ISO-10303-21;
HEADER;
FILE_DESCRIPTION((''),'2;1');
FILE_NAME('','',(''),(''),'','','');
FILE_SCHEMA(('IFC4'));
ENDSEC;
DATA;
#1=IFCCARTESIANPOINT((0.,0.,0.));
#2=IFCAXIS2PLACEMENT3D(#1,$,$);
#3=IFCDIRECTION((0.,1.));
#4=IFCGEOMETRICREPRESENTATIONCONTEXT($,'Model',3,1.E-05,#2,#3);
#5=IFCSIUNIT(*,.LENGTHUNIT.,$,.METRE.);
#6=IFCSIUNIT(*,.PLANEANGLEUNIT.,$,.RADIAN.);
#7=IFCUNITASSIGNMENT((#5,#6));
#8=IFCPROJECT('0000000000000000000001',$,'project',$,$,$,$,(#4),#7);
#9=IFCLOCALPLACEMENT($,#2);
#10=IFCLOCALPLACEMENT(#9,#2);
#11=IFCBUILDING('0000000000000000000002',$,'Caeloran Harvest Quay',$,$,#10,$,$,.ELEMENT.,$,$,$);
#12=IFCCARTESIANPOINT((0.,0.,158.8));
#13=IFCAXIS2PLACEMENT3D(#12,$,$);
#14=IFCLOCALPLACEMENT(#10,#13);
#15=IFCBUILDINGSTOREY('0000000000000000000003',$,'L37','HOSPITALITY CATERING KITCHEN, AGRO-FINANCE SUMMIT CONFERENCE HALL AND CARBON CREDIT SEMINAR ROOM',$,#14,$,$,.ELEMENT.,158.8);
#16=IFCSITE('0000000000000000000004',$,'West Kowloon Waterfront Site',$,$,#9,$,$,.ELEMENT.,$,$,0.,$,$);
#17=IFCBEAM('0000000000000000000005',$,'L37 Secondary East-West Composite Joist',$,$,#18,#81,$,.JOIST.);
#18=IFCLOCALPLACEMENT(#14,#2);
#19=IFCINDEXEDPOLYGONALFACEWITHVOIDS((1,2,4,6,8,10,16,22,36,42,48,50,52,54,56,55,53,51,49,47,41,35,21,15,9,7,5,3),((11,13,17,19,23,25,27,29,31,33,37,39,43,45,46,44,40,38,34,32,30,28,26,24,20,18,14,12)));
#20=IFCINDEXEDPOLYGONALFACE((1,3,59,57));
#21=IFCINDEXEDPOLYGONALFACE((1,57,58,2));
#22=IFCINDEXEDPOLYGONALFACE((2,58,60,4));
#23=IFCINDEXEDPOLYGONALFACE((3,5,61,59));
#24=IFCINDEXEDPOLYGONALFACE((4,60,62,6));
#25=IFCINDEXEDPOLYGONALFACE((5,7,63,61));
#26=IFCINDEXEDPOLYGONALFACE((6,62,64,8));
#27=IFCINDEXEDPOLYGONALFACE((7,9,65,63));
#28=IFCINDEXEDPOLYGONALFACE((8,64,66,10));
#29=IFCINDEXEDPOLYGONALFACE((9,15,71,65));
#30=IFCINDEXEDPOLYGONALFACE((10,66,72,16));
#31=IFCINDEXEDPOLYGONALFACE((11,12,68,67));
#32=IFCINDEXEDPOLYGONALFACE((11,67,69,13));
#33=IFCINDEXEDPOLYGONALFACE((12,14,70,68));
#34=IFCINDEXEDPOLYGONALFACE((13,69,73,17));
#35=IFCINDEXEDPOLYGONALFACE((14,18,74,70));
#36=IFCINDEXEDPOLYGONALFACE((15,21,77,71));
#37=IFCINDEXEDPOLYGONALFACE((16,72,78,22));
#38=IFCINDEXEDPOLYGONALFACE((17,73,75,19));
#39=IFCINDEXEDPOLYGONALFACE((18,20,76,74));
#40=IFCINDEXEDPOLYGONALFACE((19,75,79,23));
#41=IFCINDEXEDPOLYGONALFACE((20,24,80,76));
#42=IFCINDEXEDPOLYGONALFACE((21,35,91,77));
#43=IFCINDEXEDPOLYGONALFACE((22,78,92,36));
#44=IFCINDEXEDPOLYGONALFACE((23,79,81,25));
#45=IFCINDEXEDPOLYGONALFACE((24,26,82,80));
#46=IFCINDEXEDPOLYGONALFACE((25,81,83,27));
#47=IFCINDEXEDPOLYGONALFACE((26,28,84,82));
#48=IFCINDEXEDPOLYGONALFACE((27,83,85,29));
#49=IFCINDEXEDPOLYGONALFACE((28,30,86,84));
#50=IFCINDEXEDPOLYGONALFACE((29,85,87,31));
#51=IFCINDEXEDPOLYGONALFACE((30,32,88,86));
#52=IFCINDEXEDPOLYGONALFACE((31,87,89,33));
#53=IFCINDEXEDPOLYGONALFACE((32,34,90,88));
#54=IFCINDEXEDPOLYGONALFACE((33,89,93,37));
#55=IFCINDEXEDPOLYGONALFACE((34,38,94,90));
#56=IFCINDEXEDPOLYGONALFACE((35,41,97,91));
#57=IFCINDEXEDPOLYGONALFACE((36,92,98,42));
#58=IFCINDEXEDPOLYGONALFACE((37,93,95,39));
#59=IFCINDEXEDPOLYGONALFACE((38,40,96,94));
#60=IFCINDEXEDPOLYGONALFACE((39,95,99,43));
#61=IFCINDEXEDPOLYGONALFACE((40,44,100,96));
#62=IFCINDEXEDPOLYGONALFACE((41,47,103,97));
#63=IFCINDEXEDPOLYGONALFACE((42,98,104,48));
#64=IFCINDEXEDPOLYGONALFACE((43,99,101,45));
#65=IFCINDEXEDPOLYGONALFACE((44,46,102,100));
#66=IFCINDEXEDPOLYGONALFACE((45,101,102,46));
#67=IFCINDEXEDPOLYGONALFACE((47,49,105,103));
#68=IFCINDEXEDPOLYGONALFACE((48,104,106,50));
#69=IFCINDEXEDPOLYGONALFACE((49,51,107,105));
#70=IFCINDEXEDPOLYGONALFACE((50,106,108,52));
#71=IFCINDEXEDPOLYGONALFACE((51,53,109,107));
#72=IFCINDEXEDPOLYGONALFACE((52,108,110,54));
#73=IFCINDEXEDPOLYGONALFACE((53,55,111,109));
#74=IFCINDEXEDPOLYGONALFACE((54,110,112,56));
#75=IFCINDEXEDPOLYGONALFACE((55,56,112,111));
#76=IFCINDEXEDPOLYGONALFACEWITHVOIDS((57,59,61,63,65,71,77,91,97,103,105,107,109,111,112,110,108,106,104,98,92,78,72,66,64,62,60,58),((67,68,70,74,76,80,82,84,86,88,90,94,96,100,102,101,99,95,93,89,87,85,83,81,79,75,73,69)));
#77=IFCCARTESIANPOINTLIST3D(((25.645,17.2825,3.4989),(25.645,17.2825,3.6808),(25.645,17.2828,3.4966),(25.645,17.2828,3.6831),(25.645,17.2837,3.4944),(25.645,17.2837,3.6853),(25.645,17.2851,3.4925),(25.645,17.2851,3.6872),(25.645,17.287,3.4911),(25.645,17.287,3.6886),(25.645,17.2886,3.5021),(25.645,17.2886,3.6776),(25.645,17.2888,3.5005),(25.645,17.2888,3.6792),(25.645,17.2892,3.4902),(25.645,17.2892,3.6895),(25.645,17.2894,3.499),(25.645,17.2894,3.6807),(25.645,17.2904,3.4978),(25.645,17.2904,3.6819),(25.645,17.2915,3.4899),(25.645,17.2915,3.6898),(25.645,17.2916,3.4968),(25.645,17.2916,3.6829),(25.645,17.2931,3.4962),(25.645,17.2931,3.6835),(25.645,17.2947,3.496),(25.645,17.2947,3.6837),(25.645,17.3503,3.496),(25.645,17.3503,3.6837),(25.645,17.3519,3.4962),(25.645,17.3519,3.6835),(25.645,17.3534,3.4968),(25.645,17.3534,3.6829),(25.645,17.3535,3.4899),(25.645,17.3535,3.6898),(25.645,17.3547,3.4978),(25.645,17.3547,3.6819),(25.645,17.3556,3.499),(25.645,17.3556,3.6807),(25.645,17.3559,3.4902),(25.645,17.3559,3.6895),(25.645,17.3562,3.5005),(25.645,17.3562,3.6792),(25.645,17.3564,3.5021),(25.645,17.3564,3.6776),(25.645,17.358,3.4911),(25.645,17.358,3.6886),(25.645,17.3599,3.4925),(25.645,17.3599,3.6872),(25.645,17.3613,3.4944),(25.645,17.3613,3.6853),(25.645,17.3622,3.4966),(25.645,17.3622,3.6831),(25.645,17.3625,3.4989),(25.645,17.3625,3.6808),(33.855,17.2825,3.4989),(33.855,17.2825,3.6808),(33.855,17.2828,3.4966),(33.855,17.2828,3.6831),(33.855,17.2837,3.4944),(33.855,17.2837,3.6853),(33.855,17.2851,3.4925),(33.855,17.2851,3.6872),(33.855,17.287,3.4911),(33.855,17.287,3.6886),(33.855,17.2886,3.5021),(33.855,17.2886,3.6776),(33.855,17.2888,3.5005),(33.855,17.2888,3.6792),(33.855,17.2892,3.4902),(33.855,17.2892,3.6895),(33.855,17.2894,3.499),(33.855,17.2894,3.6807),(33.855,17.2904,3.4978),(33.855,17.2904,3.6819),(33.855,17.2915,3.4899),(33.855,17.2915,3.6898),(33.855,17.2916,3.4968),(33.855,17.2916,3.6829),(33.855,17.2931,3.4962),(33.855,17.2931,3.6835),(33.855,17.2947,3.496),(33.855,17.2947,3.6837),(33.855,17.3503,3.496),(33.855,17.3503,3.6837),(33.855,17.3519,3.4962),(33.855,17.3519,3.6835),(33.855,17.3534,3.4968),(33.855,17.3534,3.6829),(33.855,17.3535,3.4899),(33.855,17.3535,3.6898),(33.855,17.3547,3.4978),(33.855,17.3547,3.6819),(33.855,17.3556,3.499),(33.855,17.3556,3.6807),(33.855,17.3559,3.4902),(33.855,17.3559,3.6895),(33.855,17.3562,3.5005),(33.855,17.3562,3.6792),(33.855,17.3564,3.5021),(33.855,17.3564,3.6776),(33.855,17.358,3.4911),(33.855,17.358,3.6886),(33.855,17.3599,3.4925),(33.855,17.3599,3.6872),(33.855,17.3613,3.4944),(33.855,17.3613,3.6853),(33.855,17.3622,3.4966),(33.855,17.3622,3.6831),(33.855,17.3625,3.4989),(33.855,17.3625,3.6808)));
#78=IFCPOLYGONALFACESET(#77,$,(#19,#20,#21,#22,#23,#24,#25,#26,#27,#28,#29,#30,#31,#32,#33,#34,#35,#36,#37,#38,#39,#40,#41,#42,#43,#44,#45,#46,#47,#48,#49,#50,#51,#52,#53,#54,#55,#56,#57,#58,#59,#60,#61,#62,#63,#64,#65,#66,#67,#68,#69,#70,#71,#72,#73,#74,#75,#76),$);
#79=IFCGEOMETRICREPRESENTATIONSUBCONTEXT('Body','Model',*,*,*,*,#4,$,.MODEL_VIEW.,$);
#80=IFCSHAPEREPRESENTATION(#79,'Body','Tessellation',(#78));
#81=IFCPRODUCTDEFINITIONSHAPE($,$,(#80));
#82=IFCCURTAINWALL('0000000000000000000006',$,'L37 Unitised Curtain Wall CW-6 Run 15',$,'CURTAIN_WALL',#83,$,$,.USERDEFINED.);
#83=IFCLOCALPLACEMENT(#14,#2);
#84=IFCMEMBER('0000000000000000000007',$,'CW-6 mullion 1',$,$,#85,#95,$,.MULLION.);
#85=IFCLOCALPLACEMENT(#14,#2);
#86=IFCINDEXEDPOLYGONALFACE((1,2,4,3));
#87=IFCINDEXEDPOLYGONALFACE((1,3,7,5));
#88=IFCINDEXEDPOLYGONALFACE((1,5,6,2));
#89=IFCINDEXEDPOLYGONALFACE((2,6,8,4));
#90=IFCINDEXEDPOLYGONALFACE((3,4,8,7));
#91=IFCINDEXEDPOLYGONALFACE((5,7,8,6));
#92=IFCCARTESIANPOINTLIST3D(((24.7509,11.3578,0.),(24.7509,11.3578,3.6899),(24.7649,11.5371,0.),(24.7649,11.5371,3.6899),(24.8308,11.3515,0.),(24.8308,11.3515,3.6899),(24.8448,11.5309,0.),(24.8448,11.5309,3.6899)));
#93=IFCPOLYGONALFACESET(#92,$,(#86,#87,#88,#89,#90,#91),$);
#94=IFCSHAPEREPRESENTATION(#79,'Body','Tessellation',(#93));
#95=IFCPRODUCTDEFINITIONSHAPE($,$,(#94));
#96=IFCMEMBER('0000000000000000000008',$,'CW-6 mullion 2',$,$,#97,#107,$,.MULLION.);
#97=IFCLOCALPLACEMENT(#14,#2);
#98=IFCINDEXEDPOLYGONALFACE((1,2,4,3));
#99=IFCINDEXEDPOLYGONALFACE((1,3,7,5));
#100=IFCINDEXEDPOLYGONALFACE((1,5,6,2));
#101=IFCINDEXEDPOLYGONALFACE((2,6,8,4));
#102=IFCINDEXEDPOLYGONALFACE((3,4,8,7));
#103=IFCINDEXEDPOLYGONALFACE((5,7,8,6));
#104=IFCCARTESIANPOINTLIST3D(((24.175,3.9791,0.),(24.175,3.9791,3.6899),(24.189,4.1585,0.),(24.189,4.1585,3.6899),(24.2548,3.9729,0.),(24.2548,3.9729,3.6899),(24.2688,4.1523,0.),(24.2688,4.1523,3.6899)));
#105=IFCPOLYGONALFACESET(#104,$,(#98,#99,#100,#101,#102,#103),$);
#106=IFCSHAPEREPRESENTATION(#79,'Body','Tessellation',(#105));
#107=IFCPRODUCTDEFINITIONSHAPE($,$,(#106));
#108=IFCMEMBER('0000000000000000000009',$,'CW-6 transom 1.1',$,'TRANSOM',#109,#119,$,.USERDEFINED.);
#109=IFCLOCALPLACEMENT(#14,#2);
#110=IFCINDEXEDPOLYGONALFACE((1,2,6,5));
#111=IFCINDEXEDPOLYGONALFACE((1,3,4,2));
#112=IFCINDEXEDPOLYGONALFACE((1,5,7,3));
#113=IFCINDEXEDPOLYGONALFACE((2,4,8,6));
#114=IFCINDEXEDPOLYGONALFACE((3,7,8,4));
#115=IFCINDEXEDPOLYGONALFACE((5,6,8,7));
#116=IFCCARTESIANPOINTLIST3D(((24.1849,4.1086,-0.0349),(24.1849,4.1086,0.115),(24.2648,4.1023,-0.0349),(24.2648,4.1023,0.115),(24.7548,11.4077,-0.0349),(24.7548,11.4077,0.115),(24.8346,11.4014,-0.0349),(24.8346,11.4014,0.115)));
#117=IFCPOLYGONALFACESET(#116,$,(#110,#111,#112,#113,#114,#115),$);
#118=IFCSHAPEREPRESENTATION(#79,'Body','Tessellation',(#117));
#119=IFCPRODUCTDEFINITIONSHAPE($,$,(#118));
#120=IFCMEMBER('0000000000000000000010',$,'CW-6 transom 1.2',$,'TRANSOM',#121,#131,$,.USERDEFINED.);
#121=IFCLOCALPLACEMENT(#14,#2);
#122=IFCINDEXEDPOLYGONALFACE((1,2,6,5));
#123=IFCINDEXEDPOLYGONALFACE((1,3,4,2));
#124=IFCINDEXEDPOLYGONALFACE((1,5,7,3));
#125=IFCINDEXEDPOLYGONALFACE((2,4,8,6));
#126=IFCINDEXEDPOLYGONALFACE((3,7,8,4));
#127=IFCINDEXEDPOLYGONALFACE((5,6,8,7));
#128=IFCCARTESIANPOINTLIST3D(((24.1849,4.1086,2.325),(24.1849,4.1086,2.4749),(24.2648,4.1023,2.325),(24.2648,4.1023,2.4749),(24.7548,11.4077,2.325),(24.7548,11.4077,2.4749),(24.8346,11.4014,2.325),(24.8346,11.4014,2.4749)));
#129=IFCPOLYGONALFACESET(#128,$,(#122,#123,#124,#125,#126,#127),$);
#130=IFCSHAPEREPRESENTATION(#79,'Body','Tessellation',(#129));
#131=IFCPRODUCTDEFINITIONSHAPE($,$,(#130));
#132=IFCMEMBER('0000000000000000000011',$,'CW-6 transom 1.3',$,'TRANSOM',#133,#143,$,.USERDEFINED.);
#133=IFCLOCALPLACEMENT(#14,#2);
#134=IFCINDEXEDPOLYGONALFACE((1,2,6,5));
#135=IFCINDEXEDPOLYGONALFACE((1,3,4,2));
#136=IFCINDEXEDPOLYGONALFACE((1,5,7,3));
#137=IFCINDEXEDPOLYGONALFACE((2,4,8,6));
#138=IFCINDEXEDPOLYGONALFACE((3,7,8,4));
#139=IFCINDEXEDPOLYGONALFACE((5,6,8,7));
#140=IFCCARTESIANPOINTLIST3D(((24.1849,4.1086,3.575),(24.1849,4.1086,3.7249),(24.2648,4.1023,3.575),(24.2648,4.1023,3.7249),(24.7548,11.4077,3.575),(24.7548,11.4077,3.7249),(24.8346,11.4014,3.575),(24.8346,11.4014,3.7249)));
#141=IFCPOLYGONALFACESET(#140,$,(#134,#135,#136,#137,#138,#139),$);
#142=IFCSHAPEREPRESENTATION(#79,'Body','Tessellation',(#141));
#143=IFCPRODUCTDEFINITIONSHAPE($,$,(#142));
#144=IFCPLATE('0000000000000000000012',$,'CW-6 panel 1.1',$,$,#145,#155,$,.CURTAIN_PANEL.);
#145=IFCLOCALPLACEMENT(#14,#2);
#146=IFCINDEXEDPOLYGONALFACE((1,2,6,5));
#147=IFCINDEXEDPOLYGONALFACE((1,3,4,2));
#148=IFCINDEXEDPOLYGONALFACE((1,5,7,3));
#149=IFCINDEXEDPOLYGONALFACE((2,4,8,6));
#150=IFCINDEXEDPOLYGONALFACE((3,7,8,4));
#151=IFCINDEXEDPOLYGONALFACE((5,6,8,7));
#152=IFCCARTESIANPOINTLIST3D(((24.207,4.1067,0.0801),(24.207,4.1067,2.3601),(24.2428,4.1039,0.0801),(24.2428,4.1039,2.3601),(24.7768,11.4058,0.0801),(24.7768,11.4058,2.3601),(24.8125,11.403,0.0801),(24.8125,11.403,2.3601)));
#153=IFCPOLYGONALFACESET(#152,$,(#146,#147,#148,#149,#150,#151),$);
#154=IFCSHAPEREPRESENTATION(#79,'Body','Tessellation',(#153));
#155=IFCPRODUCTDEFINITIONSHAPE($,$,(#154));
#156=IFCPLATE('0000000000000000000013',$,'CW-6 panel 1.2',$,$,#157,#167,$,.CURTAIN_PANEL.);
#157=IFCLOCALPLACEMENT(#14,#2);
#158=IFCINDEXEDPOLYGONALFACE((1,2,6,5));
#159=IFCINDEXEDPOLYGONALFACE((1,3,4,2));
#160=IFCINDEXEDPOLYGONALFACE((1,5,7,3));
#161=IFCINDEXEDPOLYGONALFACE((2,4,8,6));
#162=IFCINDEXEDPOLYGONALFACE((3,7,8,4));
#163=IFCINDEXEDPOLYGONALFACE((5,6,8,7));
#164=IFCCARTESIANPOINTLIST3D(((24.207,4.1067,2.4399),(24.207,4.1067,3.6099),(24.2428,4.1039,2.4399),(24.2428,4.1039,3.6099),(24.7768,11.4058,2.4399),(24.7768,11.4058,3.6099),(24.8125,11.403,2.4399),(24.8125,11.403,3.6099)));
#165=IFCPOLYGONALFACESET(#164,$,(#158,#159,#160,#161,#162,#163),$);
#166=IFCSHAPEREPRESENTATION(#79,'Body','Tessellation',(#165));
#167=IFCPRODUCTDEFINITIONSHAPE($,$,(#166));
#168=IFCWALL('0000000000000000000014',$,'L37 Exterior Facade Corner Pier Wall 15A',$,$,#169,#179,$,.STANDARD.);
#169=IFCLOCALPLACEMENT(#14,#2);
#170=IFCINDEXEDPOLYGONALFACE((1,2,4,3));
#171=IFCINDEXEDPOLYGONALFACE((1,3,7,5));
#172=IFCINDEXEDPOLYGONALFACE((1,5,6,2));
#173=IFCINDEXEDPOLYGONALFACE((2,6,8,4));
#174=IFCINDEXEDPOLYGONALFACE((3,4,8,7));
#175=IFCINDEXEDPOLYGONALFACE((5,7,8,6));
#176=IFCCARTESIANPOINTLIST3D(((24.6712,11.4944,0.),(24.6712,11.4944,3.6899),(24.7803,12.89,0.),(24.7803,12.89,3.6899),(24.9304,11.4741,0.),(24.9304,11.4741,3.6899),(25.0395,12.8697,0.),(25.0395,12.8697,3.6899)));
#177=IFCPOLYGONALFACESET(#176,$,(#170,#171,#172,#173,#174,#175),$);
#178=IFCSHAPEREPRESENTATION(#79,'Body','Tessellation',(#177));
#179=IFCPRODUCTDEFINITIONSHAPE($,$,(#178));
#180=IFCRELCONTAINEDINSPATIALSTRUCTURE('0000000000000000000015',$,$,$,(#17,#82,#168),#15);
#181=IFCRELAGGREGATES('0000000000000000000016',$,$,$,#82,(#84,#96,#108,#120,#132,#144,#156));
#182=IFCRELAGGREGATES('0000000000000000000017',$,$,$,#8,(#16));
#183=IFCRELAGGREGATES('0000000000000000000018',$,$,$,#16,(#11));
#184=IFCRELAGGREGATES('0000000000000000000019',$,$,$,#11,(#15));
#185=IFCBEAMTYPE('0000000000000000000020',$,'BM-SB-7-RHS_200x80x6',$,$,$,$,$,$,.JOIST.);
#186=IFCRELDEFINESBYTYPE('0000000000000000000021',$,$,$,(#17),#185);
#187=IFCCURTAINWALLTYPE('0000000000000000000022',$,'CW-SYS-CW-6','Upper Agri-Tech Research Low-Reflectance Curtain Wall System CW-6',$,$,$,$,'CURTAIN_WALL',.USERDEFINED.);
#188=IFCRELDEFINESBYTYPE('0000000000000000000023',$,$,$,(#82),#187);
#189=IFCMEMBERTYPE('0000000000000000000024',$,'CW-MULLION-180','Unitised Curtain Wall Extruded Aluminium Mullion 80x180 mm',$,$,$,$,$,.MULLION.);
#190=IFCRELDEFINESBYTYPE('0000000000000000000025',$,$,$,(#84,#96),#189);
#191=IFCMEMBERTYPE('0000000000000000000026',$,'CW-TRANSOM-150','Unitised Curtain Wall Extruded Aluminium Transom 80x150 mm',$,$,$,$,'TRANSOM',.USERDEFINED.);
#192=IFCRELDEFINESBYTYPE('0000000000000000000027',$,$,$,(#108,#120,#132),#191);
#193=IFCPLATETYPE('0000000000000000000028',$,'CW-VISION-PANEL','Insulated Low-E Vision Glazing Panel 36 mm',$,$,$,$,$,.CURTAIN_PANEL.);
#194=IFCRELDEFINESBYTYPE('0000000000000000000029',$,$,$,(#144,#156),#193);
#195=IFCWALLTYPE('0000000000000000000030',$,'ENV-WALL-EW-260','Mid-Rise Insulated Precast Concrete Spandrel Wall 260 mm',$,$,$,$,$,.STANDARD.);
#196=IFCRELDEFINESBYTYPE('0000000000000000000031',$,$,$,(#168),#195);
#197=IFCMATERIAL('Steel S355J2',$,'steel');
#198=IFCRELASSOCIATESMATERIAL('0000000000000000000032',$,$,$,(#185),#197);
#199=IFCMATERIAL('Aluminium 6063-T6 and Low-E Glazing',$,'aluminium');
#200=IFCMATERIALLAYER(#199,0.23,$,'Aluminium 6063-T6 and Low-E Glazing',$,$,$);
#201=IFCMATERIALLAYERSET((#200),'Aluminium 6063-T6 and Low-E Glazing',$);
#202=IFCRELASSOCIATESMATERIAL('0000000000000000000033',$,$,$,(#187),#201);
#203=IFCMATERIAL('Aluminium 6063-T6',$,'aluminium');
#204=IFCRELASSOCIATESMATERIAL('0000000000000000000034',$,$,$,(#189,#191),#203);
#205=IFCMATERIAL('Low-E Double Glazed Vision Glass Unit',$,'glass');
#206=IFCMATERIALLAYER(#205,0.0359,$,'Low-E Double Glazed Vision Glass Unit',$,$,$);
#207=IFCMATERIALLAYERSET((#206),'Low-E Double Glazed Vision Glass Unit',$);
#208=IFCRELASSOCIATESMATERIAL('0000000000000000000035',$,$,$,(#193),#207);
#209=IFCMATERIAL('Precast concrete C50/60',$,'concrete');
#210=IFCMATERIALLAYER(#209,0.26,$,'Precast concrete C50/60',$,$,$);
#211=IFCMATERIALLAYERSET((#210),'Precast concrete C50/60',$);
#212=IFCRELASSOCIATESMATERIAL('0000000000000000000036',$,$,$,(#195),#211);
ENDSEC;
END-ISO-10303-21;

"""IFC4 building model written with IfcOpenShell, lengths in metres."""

from ifc_helpers import new_model, si_unit, direction, frame, frame_2d, origin, origin_2d, place, context, subcontext, project, spatial, rectangle, hollow_rectangle, extrude, material, layer, layer_set, material_profile, profile_set, type_object, element, aggregate, save


model = new_model("IFC4")

# Units and contexts
model_context = context("Model", 3, precision=1e-05, world=origin(), true_north=direction((0.0, 1.0)))
body_context = subcontext(model_context, "Body", "Model", "MODEL_VIEW")
ifc_project = project(units=[si_unit("LENGTHUNIT", "METRE"), si_unit("PLANEANGLEUNIT", "RADIAN")], contexts=[model_context])

# Site, building, storey
site_placement = place(None, origin())
site = spatial("IfcSite", under=ifc_project, at=site_placement, Name="West Kowloon Waterfront Site", CompositionType="ELEMENT", RefElevation=0.0)
building_placement = place(site_placement, origin())
building = spatial("IfcBuilding", under=site, at=building_placement, Name="Caeloran Harvest Quay", CompositionType="ELEMENT")
storey_placement = place(building_placement, frame((0.0, 0.0, 158.8)))
storey = spatial("IfcBuildingStorey", under=building, at=storey_placement, Name="L37", Description="HOSPITALITY CATERING KITCHEN, AGRO-FINANCE SUMMIT CONFERENCE HALL AND CARBON CREDIT SEMINAR ROOM", CompositionType="ELEMENT", Elevation=158.8)

# Beam
ifc_material_1 = material(Name="Steel S355J2", Category="steel")
ifc_material_profile_1 = material_profile(ifc_material_1, hollow_rectangle(XDim=0.0801, YDim=0.2, WallThickness=0.0061, InnerFilletRadius=0.0061, OuterFilletRadius=0.009, at=origin_2d()), Name="RHS 200x80x6")
ifc_profile_set_1 = profile_set([ifc_material_profile_1], Name="Steel S355J2")
beam_type_1 = type_object("IfcBeamType", Name="BM-SB-7-RHS_200x80x6", PredefinedType="JOIST", material=ifc_profile_set_1)
for number, where, z_axis, x_axis, name in (
    (1, (25.645, 17.3225, 3.5898), (1.0, 0.0, 0.0), (0.0, 1.0, 0.0), "L37 Secondary East-West Composite Joist"),
):
    element("IfcBeam", number, at=place(storey_placement, frame(where, z_axis=z_axis, x_axis=x_axis)), inside=storey, type_object=beam_type_1, Name=name, PredefinedType="JOIST", context=body_context, shape_type="SweptSolid", body=[
        extrude(hollow_rectangle(XDim=0.0801, YDim=0.2, WallThickness=0.0061, InnerFilletRadius=0.0061, OuterFilletRadius=0.009, at=origin_2d()), origin(), (0.0, 0.0, 1.0), 8.21),
    ])

# Curtain wall, members, plates
ifc_material_2 = material(Name="Aluminium 6063-T6 and Low-E Glazing", Category="aluminium")
ifc_layer_1 = layer(ifc_material_2, 0.23, Name="Aluminium 6063-T6 and Low-E Glazing")
ifc_layer_set_1 = layer_set([ifc_layer_1], Name="Aluminium 6063-T6 and Low-E Glazing")
curtain_wall_type = type_object("IfcCurtainWallType", Name="CW-SYS-CW-6", Description="Upper Agri-Tech Research Low-Reflectance Curtain Wall System CW-6", ElementType="CURTAIN_WALL", PredefinedType="USERDEFINED", material=ifc_layer_set_1)
curtain_wall_placement = place(storey_placement, origin())
curtain_wall = element("IfcCurtainWall", 2, at=curtain_wall_placement, inside=storey, type_object=curtain_wall_type, Name="L37 Unitised Curtain Wall CW-6 Run 15", ObjectType="CURTAIN_WALL", PredefinedType="USERDEFINED")
ifc_material_3 = material(Name="Aluminium 6063-T6", Category="aluminium")
ifc_material_profile_2 = material_profile(ifc_material_3, rectangle(XDim=0.0801, YDim=0.1799, at=origin_2d()), Name="CW-MULLION-180")
ifc_profile_set_2 = profile_set([ifc_material_profile_2], Name="Aluminium 6063-T6")
member_type_1 = type_object("IfcMemberType", Name="CW-MULLION-180", Description="Unitised Curtain Wall Extruded Aluminium Mullion 80x180 mm", PredefinedType="MULLION", material=ifc_profile_set_2)
member_1_placement = place(storey_placement, frame((24.7979, 11.4443, 0.0), z_axis=(0.0, 0.0, 1.0), x_axis=(0.996967, -0.077822, 0.0)))
member_1 = element("IfcMember", 3, at=member_1_placement, type_object=member_type_1, Name="CW-6 mullion 1", PredefinedType="MULLION", context=body_context, shape_type="SweptSolid", body=[
    extrude(rectangle(XDim=0.0801, YDim=0.1799, at=origin_2d()), origin(), (0.0, 0.0, 1.0), 3.6899),
])
member_2_placement = place(storey_placement, frame((24.2219, 4.0657, 0.0), z_axis=(0.0, 0.0, 1.0), x_axis=(0.996967, -0.077822, 0.0)))
member_2 = element("IfcMember", 4, at=member_2_placement, type_object=member_type_1, Name="CW-6 mullion 2", PredefinedType="MULLION", context=body_context, shape_type="SweptSolid", body=[
    extrude(rectangle(XDim=0.0801, YDim=0.1799, at=origin_2d()), origin(), (0.0, 0.0, 1.0), 3.6899),
])
ifc_material_profile_3 = material_profile(ifc_material_3, rectangle(XDim=0.0801, YDim=0.1499, at=origin_2d()), Name="CW-TRANSOM-150")
ifc_profile_set_3 = profile_set([ifc_material_profile_3], Name="Aluminium 6063-T6")
member_type_2 = type_object("IfcMemberType", Name="CW-TRANSOM-150", Description="Unitised Curtain Wall Extruded Aluminium Transom 80x150 mm", ElementType="TRANSOM", PredefinedType="USERDEFINED", material=ifc_profile_set_3)
member_3_placement = place(storey_placement, frame((24.7947, 11.4045, 0.04), z_axis=(-0.077831, -0.996967, 0.0), x_axis=(0.996967, -0.077831, 0.0)))
member_3 = element("IfcMember", 5, at=member_3_placement, type_object=member_type_2, Name="CW-6 transom 1.1", ObjectType="TRANSOM", PredefinedType="USERDEFINED", context=body_context, shape_type="SweptSolid", body=[
    extrude(rectangle(XDim=0.0801, YDim=0.1499, at=origin_2d()), origin(), (0.0, 0.0, 1.0), 7.3213),
])
member_4_placement = place(storey_placement, frame((24.7947, 11.4045, 2.3999), z_axis=(-0.077831, -0.996967, 0.0), x_axis=(0.996967, -0.077831, 0.0)))
member_4 = element("IfcMember", 6, at=member_4_placement, type_object=member_type_2, Name="CW-6 transom 1.2", ObjectType="TRANSOM", PredefinedType="USERDEFINED", context=body_context, shape_type="SweptSolid", body=[
    extrude(rectangle(XDim=0.0801, YDim=0.1499, at=origin_2d()), origin(), (0.0, 0.0, 1.0), 7.3213),
])
member_5_placement = place(storey_placement, frame((24.7947, 11.4045, 3.6499), z_axis=(-0.077831, -0.996967, 0.0), x_axis=(0.996967, -0.077831, 0.0)))
member_5 = element("IfcMember", 7, at=member_5_placement, type_object=member_type_2, Name="CW-6 transom 1.3", ObjectType="TRANSOM", PredefinedType="USERDEFINED", context=body_context, shape_type="SweptSolid", body=[
    extrude(rectangle(XDim=0.0801, YDim=0.1499, at=origin_2d()), origin(), (0.0, 0.0, 1.0), 7.3213),
])
ifc_material_4 = material(Name="Low-E Double Glazed Vision Glass Unit", Category="glass")
ifc_layer_2 = layer(ifc_material_4, 0.0359, Name="Low-E Double Glazed Vision Glass Unit")
ifc_layer_set_2 = layer_set([ifc_layer_2], Name="Low-E Double Glazed Vision Glass Unit")
plate_type = type_object("IfcPlateType", Name="CW-VISION-PANEL", Description="Insulated Low-E Vision Glazing Panel 36 mm", PredefinedType="CURTAIN_PANEL", material=ifc_layer_set_2)
plate_1_placement = place(storey_placement, frame((24.5098, 7.7549, 0.0801), z_axis=(0.0, 0.0, 1.0), x_axis=(-0.077822, -0.996967, 0.0)))
plate_1 = element("IfcPlate", 8, at=plate_1_placement, type_object=plate_type, Name="CW-6 panel 1.1", PredefinedType="CURTAIN_PANEL", context=body_context, shape_type="SweptSolid", body=[
    extrude(rectangle(XDim=7.3213, YDim=0.0359, at=origin_2d()), origin(), (0.0, 0.0, 1.0), 2.28),
])
plate_2_placement = place(storey_placement, frame((24.5098, 7.7549, 2.4399), z_axis=(0.0, 0.0, 1.0), x_axis=(-0.077822, -0.996967, 0.0)))
plate_2 = element("IfcPlate", 9, at=plate_2_placement, type_object=plate_type, Name="CW-6 panel 1.2", PredefinedType="CURTAIN_PANEL", context=body_context, shape_type="SweptSolid", body=[
    extrude(rectangle(XDim=7.3213, YDim=0.0359, at=origin_2d()), origin(), (0.0, 0.0, 1.0), 1.1699),
])
aggregate(curtain_wall, [member_1, member_2, member_3, member_4, member_5, plate_1, plate_2])

# Wall
ifc_material_5 = material(Name="Precast concrete C50/60", Category="concrete")
ifc_layer_3 = layer(ifc_material_5, 0.26, Name="Precast concrete C50/60")
ifc_layer_set_3 = layer_set([ifc_layer_3], Name="Precast concrete C50/60")
wall_type_1 = type_object("IfcWallType", Name="ENV-WALL-EW-260", Description="Mid-Rise Insulated Precast Concrete Spandrel Wall 260 mm", PredefinedType="STANDARD", material=ifc_layer_set_3)
wall_1_placement = place(storey_placement, frame((24.9099, 12.8799, 0.0), z_axis=(0.0, 0.0, 1.0), x_axis=(-0.07795, -0.996957, 0.0)))
element("IfcWall", 10, at=wall_1_placement, inside=storey, type_object=wall_type_1, Name="L37 Exterior Facade Corner Pier Wall 15A", PredefinedType="STANDARD", context=body_context, shape_type="SweptSolid", body=[
    extrude(rectangle(XDim=1.3999, YDim=0.26, at=frame_2d((0.7, 0.0))), origin(), (0.0, 0.0, 1.0), 3.6899),
])

save(model, "model.ifc")
